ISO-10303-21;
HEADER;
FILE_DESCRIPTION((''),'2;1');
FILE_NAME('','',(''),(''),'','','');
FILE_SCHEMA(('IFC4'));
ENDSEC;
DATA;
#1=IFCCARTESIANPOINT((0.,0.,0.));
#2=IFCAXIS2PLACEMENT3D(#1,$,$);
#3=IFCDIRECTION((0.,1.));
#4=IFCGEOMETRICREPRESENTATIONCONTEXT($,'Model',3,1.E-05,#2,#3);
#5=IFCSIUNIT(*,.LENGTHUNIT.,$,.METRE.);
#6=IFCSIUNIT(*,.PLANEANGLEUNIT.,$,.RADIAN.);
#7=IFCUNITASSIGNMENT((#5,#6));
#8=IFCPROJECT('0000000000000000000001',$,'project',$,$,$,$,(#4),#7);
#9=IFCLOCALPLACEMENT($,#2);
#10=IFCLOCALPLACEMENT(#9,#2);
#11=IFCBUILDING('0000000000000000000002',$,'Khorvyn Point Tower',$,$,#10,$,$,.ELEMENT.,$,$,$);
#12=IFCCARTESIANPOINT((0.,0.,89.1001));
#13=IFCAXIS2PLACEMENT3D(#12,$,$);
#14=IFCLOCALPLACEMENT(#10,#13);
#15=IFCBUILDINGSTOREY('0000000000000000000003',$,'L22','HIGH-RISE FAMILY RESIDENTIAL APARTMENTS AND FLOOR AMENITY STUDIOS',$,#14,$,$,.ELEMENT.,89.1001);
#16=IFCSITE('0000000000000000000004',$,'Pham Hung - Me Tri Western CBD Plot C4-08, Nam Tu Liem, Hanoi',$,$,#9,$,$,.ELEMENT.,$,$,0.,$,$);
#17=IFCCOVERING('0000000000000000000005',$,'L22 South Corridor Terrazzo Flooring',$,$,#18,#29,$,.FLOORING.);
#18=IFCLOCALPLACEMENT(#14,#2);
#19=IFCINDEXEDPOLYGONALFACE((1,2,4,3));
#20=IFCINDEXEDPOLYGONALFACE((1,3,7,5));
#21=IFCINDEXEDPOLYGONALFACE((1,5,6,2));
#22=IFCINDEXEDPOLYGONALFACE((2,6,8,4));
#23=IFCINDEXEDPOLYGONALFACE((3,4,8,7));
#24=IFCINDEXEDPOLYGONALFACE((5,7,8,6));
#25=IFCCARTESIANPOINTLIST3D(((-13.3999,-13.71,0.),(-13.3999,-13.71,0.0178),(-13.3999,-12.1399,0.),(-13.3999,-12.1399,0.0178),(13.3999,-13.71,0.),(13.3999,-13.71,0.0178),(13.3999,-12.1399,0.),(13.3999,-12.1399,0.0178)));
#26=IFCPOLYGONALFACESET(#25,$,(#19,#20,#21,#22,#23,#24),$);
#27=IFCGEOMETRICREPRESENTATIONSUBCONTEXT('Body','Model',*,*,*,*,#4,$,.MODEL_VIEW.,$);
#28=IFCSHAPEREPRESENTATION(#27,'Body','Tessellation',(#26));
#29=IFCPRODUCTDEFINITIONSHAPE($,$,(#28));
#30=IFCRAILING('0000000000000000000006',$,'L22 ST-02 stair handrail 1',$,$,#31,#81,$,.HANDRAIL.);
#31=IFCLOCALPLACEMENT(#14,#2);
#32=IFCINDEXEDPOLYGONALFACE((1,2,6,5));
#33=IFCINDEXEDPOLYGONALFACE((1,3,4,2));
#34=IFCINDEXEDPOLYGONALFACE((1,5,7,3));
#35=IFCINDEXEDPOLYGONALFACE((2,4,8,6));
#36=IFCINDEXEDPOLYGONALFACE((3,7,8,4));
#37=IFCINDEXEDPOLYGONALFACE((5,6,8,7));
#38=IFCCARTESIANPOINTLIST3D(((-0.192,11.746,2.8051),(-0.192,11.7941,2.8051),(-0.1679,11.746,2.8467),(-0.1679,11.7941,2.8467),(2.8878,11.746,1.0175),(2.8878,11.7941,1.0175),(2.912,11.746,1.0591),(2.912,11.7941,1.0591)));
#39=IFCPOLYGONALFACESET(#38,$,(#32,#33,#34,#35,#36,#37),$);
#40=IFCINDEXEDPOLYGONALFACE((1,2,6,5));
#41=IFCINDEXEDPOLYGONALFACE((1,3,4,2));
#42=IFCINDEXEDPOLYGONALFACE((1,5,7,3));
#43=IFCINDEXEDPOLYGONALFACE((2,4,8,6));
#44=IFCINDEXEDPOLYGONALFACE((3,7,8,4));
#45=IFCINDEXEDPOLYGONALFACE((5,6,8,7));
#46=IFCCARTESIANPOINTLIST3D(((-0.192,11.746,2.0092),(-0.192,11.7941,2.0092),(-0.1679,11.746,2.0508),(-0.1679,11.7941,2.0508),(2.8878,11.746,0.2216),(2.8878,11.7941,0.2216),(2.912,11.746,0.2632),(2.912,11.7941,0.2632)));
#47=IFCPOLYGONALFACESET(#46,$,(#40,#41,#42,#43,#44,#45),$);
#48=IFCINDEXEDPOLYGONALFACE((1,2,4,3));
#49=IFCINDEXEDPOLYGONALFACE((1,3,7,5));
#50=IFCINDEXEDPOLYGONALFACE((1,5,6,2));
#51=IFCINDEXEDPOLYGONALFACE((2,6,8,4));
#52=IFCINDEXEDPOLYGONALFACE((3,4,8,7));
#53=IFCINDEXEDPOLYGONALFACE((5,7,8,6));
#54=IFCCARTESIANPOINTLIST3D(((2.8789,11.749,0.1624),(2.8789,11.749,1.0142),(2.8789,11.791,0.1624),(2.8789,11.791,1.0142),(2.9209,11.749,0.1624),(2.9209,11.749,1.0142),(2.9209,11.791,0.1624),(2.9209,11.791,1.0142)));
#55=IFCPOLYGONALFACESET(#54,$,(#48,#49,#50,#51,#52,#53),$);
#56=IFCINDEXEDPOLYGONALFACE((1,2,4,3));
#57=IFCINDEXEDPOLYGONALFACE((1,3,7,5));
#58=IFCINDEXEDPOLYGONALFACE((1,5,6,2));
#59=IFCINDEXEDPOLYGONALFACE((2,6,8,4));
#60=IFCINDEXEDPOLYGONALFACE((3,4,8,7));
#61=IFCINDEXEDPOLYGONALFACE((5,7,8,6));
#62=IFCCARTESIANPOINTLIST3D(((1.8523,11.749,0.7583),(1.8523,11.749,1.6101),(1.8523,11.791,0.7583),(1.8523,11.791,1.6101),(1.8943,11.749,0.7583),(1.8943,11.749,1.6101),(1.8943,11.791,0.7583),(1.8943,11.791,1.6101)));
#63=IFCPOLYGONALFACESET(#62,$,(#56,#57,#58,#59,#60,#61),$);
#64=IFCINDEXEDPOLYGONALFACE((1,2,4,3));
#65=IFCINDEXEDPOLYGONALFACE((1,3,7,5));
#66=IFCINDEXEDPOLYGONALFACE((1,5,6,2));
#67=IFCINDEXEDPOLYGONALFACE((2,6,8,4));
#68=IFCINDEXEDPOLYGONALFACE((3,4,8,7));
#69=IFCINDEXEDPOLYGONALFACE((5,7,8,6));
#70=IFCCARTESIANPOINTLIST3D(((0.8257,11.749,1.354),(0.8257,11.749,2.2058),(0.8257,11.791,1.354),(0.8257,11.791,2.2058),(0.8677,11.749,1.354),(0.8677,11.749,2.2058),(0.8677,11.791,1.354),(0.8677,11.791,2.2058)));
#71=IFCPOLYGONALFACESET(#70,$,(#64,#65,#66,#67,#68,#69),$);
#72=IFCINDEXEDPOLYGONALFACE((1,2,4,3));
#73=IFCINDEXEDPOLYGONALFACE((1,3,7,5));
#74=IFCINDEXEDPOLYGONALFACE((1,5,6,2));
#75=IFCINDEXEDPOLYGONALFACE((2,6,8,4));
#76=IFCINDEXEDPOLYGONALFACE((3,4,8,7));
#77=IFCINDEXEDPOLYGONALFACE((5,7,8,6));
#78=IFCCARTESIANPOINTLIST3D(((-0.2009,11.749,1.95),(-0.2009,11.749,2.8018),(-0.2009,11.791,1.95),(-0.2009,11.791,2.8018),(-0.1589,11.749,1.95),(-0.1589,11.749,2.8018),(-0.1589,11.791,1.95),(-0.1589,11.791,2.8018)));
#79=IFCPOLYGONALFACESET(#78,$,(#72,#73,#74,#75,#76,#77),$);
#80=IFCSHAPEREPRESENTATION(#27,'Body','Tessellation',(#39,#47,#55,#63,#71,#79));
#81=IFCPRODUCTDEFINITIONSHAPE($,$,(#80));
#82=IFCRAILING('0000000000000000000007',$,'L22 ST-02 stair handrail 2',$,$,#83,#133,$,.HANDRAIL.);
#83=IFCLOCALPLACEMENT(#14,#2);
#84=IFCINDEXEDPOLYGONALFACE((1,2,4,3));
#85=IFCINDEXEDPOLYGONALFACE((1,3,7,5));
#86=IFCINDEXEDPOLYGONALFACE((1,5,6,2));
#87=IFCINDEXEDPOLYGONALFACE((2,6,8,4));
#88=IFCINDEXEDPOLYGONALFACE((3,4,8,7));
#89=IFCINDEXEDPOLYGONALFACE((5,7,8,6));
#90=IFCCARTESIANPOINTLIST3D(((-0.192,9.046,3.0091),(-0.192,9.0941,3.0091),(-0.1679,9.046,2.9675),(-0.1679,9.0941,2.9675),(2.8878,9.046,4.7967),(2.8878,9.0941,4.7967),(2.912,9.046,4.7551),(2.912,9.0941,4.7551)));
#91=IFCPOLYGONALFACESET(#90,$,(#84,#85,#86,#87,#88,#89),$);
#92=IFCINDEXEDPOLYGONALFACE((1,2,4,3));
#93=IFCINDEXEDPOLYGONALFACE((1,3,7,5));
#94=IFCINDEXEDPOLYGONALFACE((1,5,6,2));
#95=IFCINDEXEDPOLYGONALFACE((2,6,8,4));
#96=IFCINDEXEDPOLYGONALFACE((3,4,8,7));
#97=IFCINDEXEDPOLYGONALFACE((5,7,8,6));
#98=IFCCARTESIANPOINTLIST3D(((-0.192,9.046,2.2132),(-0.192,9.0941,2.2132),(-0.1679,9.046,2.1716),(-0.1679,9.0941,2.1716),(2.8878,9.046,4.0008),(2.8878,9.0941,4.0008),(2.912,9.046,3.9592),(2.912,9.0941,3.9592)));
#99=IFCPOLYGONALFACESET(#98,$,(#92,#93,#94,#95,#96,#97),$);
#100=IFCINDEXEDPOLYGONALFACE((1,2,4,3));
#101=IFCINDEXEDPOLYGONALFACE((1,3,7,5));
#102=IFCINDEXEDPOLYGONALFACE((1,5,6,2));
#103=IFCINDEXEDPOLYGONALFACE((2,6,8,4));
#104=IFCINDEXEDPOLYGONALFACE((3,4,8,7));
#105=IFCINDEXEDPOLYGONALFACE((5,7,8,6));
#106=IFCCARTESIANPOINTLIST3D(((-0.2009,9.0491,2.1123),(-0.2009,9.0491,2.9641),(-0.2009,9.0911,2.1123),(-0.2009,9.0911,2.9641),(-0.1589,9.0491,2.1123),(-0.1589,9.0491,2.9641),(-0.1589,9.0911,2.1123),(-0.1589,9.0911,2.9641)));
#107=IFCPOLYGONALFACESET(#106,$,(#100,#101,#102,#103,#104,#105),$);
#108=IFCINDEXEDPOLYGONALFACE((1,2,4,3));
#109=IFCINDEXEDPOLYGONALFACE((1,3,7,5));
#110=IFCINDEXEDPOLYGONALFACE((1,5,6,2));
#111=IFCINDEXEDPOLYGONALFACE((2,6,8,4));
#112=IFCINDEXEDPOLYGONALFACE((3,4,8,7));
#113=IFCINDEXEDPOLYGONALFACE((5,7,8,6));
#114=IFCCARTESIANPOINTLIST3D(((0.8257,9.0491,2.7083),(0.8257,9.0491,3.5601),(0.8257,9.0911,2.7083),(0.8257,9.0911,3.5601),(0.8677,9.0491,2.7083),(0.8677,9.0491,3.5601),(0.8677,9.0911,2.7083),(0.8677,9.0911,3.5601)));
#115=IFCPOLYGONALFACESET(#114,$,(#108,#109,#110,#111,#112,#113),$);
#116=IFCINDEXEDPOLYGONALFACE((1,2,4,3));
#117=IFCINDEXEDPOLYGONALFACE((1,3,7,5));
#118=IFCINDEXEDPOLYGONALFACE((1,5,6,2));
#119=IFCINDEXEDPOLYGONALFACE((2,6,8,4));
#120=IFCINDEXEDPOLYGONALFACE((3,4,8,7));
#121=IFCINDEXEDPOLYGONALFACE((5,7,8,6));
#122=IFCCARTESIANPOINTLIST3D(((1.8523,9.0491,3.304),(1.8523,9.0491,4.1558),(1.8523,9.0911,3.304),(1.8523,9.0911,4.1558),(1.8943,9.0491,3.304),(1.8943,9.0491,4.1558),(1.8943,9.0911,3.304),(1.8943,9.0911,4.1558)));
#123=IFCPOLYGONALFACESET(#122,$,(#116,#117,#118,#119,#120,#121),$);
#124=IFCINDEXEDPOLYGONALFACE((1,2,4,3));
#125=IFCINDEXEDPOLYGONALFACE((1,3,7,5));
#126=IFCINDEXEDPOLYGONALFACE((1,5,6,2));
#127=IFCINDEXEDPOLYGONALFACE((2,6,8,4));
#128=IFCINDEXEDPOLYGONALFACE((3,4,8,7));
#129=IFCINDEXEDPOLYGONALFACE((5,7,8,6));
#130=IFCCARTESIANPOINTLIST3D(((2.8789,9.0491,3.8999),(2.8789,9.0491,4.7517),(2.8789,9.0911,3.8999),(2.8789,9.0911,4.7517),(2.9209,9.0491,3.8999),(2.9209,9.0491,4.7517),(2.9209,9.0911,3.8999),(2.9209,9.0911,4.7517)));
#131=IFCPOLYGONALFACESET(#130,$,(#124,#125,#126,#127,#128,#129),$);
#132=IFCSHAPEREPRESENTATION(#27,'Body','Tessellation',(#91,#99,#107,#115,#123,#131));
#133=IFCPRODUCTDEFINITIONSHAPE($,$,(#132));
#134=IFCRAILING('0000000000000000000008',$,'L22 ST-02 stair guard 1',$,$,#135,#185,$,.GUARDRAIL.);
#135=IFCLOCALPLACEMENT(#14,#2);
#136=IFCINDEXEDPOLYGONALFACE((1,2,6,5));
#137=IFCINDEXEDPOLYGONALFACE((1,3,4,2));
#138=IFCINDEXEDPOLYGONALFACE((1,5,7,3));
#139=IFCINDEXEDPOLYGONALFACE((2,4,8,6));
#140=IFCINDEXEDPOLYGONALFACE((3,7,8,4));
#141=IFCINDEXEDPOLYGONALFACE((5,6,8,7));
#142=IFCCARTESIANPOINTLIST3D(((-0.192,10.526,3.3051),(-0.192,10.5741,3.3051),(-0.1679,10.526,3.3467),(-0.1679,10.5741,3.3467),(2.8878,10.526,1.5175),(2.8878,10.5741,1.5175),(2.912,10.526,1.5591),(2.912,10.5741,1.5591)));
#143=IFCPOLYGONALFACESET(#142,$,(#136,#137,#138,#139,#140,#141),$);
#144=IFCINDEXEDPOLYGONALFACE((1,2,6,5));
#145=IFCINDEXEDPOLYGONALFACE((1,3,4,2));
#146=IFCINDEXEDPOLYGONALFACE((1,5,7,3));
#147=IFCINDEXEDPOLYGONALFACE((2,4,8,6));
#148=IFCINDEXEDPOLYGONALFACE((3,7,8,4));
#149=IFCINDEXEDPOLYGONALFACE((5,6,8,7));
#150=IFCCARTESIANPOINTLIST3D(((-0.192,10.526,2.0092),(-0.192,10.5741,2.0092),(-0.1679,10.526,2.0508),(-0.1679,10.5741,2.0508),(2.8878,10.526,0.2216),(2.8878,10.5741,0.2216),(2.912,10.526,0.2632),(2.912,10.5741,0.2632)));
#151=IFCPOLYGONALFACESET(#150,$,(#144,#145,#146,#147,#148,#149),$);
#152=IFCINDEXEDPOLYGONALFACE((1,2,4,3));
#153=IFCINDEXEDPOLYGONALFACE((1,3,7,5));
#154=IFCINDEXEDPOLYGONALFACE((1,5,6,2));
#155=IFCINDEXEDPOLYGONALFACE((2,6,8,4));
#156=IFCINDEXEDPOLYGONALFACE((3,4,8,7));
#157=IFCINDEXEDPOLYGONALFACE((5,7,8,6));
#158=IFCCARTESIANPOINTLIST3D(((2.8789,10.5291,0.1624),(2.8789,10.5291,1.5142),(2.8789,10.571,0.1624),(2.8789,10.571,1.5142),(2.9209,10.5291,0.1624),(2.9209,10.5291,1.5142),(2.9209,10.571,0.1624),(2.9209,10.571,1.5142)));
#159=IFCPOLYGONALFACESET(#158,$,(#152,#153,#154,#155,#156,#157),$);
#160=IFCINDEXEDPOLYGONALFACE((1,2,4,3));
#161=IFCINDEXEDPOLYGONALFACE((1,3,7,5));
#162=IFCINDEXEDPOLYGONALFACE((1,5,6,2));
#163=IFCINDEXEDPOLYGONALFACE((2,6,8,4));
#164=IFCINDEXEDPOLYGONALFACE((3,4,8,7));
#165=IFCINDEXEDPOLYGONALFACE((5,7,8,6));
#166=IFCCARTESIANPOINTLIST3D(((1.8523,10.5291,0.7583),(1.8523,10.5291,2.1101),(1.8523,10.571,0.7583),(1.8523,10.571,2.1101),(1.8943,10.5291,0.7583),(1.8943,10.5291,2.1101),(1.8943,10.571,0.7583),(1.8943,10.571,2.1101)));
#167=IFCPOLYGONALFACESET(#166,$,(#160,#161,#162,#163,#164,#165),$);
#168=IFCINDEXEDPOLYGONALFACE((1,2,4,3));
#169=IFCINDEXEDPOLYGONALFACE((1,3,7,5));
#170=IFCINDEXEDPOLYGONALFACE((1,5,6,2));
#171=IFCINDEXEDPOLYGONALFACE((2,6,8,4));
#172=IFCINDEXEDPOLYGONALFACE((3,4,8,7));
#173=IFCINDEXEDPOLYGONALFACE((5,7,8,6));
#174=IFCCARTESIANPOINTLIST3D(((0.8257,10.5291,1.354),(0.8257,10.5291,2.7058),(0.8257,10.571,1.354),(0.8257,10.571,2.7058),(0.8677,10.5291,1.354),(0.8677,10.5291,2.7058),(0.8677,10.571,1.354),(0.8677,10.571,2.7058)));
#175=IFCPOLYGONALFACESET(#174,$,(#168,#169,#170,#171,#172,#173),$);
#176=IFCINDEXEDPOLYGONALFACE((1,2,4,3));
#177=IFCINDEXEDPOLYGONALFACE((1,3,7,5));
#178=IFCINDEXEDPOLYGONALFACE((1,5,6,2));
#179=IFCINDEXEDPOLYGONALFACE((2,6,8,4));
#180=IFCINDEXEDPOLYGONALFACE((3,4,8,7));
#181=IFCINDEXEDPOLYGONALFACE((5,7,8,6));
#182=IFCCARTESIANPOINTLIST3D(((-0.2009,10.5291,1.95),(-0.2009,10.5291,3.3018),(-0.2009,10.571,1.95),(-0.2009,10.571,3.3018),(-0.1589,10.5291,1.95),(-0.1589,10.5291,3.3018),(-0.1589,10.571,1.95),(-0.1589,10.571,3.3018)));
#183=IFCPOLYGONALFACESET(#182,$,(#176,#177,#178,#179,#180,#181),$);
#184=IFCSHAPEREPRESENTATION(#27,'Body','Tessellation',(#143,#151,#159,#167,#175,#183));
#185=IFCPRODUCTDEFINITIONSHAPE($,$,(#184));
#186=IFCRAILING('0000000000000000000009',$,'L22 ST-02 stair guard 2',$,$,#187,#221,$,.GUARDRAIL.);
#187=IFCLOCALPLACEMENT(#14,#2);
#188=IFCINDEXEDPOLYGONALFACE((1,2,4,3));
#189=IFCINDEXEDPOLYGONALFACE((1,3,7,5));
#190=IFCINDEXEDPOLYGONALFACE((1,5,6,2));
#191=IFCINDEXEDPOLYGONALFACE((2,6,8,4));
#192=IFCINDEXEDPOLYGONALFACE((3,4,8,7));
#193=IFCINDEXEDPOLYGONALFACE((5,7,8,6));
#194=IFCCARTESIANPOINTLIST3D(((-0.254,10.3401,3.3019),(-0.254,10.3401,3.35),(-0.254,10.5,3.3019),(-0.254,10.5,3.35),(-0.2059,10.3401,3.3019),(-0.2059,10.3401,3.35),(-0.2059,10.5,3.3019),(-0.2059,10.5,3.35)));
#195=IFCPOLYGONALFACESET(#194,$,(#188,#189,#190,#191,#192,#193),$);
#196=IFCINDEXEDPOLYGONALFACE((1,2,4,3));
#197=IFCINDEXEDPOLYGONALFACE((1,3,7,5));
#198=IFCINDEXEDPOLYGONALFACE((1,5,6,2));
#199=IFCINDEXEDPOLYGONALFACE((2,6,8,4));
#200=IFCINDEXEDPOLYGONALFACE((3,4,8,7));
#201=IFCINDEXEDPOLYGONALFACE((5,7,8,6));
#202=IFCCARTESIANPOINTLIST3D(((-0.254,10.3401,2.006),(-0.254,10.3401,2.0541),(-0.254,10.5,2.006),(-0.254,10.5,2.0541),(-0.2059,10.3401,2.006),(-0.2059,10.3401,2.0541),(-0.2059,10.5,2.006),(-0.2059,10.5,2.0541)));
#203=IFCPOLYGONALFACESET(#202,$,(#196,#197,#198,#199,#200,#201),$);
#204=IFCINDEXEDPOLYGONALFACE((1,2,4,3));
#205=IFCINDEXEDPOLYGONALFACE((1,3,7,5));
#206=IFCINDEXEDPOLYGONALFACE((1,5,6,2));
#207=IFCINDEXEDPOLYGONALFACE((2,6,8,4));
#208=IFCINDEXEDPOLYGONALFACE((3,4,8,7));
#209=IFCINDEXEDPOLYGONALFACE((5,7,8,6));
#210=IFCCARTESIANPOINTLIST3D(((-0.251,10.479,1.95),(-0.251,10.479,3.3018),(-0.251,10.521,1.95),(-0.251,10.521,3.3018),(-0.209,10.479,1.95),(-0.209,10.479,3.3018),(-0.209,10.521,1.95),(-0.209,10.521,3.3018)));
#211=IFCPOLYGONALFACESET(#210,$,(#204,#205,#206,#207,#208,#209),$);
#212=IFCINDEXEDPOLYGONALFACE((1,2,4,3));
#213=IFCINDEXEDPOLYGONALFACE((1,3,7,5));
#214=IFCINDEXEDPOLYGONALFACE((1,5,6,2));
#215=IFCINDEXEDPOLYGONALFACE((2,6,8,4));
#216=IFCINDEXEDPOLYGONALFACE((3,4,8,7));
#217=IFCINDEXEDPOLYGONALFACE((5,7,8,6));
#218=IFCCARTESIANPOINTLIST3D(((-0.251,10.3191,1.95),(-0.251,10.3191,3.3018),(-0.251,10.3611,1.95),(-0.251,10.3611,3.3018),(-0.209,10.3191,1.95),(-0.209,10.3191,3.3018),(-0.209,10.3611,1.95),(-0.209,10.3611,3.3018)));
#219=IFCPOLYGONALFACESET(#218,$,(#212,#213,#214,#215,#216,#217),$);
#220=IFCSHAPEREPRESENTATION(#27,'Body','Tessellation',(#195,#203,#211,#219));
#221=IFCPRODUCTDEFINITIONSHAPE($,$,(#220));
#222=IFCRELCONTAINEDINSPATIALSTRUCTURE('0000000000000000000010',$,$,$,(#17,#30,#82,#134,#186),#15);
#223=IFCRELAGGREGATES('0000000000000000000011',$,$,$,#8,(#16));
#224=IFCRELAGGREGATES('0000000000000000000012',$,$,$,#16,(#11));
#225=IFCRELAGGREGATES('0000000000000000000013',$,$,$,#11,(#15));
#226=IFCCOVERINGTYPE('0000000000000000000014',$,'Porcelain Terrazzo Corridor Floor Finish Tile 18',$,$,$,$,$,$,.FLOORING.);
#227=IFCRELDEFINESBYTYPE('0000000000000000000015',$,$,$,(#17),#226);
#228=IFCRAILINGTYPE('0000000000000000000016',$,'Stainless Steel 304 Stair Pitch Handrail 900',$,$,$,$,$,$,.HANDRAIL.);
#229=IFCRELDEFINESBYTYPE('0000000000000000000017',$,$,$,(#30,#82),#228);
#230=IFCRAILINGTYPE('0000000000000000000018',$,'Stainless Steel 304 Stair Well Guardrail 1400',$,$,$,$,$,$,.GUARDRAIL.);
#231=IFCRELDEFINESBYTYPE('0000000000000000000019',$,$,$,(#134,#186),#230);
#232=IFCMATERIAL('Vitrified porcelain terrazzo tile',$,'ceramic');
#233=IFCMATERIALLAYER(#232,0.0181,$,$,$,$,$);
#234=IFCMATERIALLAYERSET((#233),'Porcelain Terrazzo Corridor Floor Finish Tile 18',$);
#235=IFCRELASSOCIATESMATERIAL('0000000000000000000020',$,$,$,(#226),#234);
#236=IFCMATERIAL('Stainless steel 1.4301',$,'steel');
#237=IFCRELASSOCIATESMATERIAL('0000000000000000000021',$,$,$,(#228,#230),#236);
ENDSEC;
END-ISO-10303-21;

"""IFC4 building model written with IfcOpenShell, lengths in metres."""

from ifc_helpers import new_model, si_unit, direction, frame, origin, origin_2d, place, context, subcontext, project, spatial, polyline, rectangle, outline, extrude, material, layer, layer_set, type_object, element, save


model = new_model("IFC4")

# Units and contexts
model_context = context("Model", 3, precision=1e-05, world=origin(), true_north=direction((0.0, 1.0)))
body_context = subcontext(model_context, "Body", "Model", "MODEL_VIEW")
ifc_project = project(units=[si_unit("LENGTHUNIT", "METRE"), si_unit("PLANEANGLEUNIT", "RADIAN")], contexts=[model_context])

# Site, building, storey
site_placement = place(None, origin())
site = spatial("IfcSite", under=ifc_project, at=site_placement, Name="Pham Hung - Me Tri Western CBD Plot C4-08, Nam Tu Liem, Hanoi", CompositionType="ELEMENT", RefElevation=0.0)
building_placement = place(site_placement, origin())
building = spatial("IfcBuilding", under=site, at=building_placement, Name="Khorvyn Point Tower", CompositionType="ELEMENT")
storey_placement = place(building_placement, frame((0.0, 0.0, 89.1001)))
storey = spatial("IfcBuildingStorey", under=building, at=storey_placement, Name="L22", Description="HIGH-RISE FAMILY RESIDENTIAL APARTMENTS AND FLOOR AMENITY STUDIOS", CompositionType="ELEMENT", Elevation=89.1001)

# Shared definitions
ifc_material_1 = material(Name="Stainless steel 1.4301", Category="steel")

# Covering
ifc_material_2 = material(Name="Vitrified porcelain terrazzo tile", Category="ceramic")
ifc_layer_1 = layer(ifc_material_2, 0.0181)
ifc_layer_set_1 = layer_set([ifc_layer_1], Name="Porcelain Terrazzo Corridor Floor Finish Tile 18")
covering_type_1 = type_object("IfcCoveringType", Name="Porcelain Terrazzo Corridor Floor Finish Tile 18", PredefinedType="FLOORING", material=ifc_layer_set_1)
covering_1_placement = place(storey_placement, origin())
element("IfcCovering", 1, at=covering_1_placement, inside=storey, type_object=covering_type_1, Name="L22 South Corridor Terrazzo Flooring", PredefinedType="FLOORING", context=body_context, shape_type="SweptSolid", body=[
    extrude(outline(polyline([(-13.3999, -13.71), (13.3999, -13.71), (13.3999, -12.1399), (-13.3999, -12.1399), (-13.3999, -13.71)])), origin(), (0.0, 0.0, 1.0), 0.0178),
])

# Railings
railing_type_1 = type_object("IfcRailingType", Name="Stainless Steel 304 Stair Pitch Handrail 900", PredefinedType="HANDRAIL", material=ifc_material_1)
railing_1_placement = place(storey_placement, frame((2.8999, 11.77, 0.1624)))
element("IfcRailing", 2, at=railing_1_placement, inside=storey, type_object=railing_type_1, Name="L22 ST-02 stair handrail 1", PredefinedType="HANDRAIL", context=body_context, shape_type="SweptSolid", body=[
    extrude(rectangle(XDim=0.0481, YDim=0.0481, at=origin_2d()), frame((0.0, 0.0, 0.876), z_axis=(-0.864873, 0.0, 0.50199), x_axis=(0.0, -1.0, 0.0)), (0.0, 0.0, 1.0), 3.561),
    extrude(rectangle(XDim=0.0481, YDim=0.0481, at=origin_2d()), frame((0.0, 0.0, 0.0801), z_axis=(-0.864873, 0.0, 0.50199), x_axis=(0.0, -1.0, 0.0)), (0.0, 0.0, 1.0), 3.561),
    extrude(rectangle(XDim=0.042, YDim=0.042, at=origin_2d()), origin(), (0.0, 0.0, 1.0), 0.8518),
    extrude(rectangle(XDim=0.042, YDim=0.042, at=origin_2d()), frame((-1.0266, 0.0, 0.5959)), (0.0, 0.0, 1.0), 0.8518),
    extrude(rectangle(XDim=0.042, YDim=0.042, at=origin_2d()), frame((-2.0532, 0.0, 1.1917)), (0.0, 0.0, 1.0), 0.8518),
    extrude(rectangle(XDim=0.042, YDim=0.042, at=origin_2d()), frame((-3.0798, 0.0, 1.7876)), (0.0, 0.0, 1.0), 0.8518),
])
railing_2_placement = place(storey_placement, frame((-0.1799, 9.0701, 2.1123)))
element("IfcRailing", 3, at=railing_2_placement, inside=storey, type_object=railing_type_1, Name="L22 ST-02 stair handrail 2", PredefinedType="HANDRAIL", context=body_context, shape_type="SweptSolid", body=[
    extrude(rectangle(XDim=0.0481, YDim=0.0481, at=origin_2d()), frame((0.0, 0.0, 0.876), z_axis=(0.864873, 0.0, 0.50199), x_axis=(0.0, 1.0, 0.0)), (0.0, 0.0, 1.0), 3.561),
    extrude(rectangle(XDim=0.0481, YDim=0.0481, at=origin_2d()), frame((0.0, 0.0, 0.0801), z_axis=(0.864873, 0.0, 0.50199), x_axis=(0.0, 1.0, 0.0)), (0.0, 0.0, 1.0), 3.561),
    extrude(rectangle(XDim=0.042, YDim=0.042, at=origin_2d()), origin(), (0.0, 0.0, 1.0), 0.8518),
    extrude(rectangle(XDim=0.042, YDim=0.042, at=origin_2d()), frame((1.0266, 0.0, 0.5959)), (0.0, 0.0, 1.0), 0.8518),
    extrude(rectangle(XDim=0.042, YDim=0.042, at=origin_2d()), frame((2.0532, 0.0, 1.1917)), (0.0, 0.0, 1.0), 0.8518),
    extrude(rectangle(XDim=0.042, YDim=0.042, at=origin_2d()), frame((3.0798, 0.0, 1.7876)), (0.0, 0.0, 1.0), 0.8518),
])
railing_type_2 = type_object("IfcRailingType", Name="Stainless Steel 304 Stair Well Guardrail 1400", PredefinedType="GUARDRAIL", material=ifc_material_1)
railing_3_placement = place(storey_placement, frame((2.8999, 10.55, 0.1624)))
element("IfcRailing", 4, at=railing_3_placement, inside=storey, type_object=railing_type_2, Name="L22 ST-02 stair guard 1", PredefinedType="GUARDRAIL", context=body_context, shape_type="SweptSolid", body=[
    extrude(rectangle(XDim=0.0481, YDim=0.0481, at=origin_2d()), frame((0.0, 0.0, 1.376), z_axis=(-0.864873, 0.0, 0.50199), x_axis=(0.0, -1.0, 0.0)), (0.0, 0.0, 1.0), 3.561),
    extrude(rectangle(XDim=0.0481, YDim=0.0481, at=origin_2d()), frame((0.0, 0.0, 0.0801), z_axis=(-0.864873, 0.0, 0.50199), x_axis=(0.0, -1.0, 0.0)), (0.0, 0.0, 1.0), 3.561),
    extrude(rectangle(XDim=0.042, YDim=0.042, at=origin_2d()), origin(), (0.0, 0.0, 1.0), 1.3518),
    extrude(rectangle(XDim=0.042, YDim=0.042, at=origin_2d()), frame((-1.0266, 0.0, 0.5959)), (0.0, 0.0, 1.0), 1.3518),
    extrude(rectangle(XDim=0.042, YDim=0.042, at=origin_2d()), frame((-2.0532, 0.0, 1.1917)), (0.0, 0.0, 1.0), 1.3518),
    extrude(rectangle(XDim=0.042, YDim=0.042, at=origin_2d()), frame((-3.0798, 0.0, 1.7876)), (0.0, 0.0, 1.0), 1.3518),
])
railing_4_placement = place(storey_placement, frame((-0.23, 10.5, 1.95)))
element("IfcRailing", 5, at=railing_4_placement, inside=storey, type_object=railing_type_2, Name="L22 ST-02 stair guard 2", PredefinedType="GUARDRAIL", context=body_context, shape_type="SweptSolid", body=[
    extrude(rectangle(XDim=0.0481, YDim=0.0481, at=origin_2d()), frame((0.0, 0.0, 1.376), z_axis=(0.0, -1.0, 0.0), x_axis=(1.0, 0.0, 0.0)), (0.0, 0.0, 1.0), 0.1599),
    extrude(rectangle(XDim=0.0481, YDim=0.0481, at=origin_2d()), frame((0.0, 0.0, 0.0801), z_axis=(0.0, -1.0, 0.0), x_axis=(1.0, 0.0, 0.0)), (0.0, 0.0, 1.0), 0.1599),
    extrude(rectangle(XDim=0.042, YDim=0.042, at=origin_2d()), origin(), (0.0, 0.0, 1.0), 1.3518),
    extrude(rectangle(XDim=0.042, YDim=0.042, at=origin_2d()), frame((0.0, -0.1599, 0.0)), (0.0, 0.0, 1.0), 1.3518),
])

save(model, "model.ifc")
